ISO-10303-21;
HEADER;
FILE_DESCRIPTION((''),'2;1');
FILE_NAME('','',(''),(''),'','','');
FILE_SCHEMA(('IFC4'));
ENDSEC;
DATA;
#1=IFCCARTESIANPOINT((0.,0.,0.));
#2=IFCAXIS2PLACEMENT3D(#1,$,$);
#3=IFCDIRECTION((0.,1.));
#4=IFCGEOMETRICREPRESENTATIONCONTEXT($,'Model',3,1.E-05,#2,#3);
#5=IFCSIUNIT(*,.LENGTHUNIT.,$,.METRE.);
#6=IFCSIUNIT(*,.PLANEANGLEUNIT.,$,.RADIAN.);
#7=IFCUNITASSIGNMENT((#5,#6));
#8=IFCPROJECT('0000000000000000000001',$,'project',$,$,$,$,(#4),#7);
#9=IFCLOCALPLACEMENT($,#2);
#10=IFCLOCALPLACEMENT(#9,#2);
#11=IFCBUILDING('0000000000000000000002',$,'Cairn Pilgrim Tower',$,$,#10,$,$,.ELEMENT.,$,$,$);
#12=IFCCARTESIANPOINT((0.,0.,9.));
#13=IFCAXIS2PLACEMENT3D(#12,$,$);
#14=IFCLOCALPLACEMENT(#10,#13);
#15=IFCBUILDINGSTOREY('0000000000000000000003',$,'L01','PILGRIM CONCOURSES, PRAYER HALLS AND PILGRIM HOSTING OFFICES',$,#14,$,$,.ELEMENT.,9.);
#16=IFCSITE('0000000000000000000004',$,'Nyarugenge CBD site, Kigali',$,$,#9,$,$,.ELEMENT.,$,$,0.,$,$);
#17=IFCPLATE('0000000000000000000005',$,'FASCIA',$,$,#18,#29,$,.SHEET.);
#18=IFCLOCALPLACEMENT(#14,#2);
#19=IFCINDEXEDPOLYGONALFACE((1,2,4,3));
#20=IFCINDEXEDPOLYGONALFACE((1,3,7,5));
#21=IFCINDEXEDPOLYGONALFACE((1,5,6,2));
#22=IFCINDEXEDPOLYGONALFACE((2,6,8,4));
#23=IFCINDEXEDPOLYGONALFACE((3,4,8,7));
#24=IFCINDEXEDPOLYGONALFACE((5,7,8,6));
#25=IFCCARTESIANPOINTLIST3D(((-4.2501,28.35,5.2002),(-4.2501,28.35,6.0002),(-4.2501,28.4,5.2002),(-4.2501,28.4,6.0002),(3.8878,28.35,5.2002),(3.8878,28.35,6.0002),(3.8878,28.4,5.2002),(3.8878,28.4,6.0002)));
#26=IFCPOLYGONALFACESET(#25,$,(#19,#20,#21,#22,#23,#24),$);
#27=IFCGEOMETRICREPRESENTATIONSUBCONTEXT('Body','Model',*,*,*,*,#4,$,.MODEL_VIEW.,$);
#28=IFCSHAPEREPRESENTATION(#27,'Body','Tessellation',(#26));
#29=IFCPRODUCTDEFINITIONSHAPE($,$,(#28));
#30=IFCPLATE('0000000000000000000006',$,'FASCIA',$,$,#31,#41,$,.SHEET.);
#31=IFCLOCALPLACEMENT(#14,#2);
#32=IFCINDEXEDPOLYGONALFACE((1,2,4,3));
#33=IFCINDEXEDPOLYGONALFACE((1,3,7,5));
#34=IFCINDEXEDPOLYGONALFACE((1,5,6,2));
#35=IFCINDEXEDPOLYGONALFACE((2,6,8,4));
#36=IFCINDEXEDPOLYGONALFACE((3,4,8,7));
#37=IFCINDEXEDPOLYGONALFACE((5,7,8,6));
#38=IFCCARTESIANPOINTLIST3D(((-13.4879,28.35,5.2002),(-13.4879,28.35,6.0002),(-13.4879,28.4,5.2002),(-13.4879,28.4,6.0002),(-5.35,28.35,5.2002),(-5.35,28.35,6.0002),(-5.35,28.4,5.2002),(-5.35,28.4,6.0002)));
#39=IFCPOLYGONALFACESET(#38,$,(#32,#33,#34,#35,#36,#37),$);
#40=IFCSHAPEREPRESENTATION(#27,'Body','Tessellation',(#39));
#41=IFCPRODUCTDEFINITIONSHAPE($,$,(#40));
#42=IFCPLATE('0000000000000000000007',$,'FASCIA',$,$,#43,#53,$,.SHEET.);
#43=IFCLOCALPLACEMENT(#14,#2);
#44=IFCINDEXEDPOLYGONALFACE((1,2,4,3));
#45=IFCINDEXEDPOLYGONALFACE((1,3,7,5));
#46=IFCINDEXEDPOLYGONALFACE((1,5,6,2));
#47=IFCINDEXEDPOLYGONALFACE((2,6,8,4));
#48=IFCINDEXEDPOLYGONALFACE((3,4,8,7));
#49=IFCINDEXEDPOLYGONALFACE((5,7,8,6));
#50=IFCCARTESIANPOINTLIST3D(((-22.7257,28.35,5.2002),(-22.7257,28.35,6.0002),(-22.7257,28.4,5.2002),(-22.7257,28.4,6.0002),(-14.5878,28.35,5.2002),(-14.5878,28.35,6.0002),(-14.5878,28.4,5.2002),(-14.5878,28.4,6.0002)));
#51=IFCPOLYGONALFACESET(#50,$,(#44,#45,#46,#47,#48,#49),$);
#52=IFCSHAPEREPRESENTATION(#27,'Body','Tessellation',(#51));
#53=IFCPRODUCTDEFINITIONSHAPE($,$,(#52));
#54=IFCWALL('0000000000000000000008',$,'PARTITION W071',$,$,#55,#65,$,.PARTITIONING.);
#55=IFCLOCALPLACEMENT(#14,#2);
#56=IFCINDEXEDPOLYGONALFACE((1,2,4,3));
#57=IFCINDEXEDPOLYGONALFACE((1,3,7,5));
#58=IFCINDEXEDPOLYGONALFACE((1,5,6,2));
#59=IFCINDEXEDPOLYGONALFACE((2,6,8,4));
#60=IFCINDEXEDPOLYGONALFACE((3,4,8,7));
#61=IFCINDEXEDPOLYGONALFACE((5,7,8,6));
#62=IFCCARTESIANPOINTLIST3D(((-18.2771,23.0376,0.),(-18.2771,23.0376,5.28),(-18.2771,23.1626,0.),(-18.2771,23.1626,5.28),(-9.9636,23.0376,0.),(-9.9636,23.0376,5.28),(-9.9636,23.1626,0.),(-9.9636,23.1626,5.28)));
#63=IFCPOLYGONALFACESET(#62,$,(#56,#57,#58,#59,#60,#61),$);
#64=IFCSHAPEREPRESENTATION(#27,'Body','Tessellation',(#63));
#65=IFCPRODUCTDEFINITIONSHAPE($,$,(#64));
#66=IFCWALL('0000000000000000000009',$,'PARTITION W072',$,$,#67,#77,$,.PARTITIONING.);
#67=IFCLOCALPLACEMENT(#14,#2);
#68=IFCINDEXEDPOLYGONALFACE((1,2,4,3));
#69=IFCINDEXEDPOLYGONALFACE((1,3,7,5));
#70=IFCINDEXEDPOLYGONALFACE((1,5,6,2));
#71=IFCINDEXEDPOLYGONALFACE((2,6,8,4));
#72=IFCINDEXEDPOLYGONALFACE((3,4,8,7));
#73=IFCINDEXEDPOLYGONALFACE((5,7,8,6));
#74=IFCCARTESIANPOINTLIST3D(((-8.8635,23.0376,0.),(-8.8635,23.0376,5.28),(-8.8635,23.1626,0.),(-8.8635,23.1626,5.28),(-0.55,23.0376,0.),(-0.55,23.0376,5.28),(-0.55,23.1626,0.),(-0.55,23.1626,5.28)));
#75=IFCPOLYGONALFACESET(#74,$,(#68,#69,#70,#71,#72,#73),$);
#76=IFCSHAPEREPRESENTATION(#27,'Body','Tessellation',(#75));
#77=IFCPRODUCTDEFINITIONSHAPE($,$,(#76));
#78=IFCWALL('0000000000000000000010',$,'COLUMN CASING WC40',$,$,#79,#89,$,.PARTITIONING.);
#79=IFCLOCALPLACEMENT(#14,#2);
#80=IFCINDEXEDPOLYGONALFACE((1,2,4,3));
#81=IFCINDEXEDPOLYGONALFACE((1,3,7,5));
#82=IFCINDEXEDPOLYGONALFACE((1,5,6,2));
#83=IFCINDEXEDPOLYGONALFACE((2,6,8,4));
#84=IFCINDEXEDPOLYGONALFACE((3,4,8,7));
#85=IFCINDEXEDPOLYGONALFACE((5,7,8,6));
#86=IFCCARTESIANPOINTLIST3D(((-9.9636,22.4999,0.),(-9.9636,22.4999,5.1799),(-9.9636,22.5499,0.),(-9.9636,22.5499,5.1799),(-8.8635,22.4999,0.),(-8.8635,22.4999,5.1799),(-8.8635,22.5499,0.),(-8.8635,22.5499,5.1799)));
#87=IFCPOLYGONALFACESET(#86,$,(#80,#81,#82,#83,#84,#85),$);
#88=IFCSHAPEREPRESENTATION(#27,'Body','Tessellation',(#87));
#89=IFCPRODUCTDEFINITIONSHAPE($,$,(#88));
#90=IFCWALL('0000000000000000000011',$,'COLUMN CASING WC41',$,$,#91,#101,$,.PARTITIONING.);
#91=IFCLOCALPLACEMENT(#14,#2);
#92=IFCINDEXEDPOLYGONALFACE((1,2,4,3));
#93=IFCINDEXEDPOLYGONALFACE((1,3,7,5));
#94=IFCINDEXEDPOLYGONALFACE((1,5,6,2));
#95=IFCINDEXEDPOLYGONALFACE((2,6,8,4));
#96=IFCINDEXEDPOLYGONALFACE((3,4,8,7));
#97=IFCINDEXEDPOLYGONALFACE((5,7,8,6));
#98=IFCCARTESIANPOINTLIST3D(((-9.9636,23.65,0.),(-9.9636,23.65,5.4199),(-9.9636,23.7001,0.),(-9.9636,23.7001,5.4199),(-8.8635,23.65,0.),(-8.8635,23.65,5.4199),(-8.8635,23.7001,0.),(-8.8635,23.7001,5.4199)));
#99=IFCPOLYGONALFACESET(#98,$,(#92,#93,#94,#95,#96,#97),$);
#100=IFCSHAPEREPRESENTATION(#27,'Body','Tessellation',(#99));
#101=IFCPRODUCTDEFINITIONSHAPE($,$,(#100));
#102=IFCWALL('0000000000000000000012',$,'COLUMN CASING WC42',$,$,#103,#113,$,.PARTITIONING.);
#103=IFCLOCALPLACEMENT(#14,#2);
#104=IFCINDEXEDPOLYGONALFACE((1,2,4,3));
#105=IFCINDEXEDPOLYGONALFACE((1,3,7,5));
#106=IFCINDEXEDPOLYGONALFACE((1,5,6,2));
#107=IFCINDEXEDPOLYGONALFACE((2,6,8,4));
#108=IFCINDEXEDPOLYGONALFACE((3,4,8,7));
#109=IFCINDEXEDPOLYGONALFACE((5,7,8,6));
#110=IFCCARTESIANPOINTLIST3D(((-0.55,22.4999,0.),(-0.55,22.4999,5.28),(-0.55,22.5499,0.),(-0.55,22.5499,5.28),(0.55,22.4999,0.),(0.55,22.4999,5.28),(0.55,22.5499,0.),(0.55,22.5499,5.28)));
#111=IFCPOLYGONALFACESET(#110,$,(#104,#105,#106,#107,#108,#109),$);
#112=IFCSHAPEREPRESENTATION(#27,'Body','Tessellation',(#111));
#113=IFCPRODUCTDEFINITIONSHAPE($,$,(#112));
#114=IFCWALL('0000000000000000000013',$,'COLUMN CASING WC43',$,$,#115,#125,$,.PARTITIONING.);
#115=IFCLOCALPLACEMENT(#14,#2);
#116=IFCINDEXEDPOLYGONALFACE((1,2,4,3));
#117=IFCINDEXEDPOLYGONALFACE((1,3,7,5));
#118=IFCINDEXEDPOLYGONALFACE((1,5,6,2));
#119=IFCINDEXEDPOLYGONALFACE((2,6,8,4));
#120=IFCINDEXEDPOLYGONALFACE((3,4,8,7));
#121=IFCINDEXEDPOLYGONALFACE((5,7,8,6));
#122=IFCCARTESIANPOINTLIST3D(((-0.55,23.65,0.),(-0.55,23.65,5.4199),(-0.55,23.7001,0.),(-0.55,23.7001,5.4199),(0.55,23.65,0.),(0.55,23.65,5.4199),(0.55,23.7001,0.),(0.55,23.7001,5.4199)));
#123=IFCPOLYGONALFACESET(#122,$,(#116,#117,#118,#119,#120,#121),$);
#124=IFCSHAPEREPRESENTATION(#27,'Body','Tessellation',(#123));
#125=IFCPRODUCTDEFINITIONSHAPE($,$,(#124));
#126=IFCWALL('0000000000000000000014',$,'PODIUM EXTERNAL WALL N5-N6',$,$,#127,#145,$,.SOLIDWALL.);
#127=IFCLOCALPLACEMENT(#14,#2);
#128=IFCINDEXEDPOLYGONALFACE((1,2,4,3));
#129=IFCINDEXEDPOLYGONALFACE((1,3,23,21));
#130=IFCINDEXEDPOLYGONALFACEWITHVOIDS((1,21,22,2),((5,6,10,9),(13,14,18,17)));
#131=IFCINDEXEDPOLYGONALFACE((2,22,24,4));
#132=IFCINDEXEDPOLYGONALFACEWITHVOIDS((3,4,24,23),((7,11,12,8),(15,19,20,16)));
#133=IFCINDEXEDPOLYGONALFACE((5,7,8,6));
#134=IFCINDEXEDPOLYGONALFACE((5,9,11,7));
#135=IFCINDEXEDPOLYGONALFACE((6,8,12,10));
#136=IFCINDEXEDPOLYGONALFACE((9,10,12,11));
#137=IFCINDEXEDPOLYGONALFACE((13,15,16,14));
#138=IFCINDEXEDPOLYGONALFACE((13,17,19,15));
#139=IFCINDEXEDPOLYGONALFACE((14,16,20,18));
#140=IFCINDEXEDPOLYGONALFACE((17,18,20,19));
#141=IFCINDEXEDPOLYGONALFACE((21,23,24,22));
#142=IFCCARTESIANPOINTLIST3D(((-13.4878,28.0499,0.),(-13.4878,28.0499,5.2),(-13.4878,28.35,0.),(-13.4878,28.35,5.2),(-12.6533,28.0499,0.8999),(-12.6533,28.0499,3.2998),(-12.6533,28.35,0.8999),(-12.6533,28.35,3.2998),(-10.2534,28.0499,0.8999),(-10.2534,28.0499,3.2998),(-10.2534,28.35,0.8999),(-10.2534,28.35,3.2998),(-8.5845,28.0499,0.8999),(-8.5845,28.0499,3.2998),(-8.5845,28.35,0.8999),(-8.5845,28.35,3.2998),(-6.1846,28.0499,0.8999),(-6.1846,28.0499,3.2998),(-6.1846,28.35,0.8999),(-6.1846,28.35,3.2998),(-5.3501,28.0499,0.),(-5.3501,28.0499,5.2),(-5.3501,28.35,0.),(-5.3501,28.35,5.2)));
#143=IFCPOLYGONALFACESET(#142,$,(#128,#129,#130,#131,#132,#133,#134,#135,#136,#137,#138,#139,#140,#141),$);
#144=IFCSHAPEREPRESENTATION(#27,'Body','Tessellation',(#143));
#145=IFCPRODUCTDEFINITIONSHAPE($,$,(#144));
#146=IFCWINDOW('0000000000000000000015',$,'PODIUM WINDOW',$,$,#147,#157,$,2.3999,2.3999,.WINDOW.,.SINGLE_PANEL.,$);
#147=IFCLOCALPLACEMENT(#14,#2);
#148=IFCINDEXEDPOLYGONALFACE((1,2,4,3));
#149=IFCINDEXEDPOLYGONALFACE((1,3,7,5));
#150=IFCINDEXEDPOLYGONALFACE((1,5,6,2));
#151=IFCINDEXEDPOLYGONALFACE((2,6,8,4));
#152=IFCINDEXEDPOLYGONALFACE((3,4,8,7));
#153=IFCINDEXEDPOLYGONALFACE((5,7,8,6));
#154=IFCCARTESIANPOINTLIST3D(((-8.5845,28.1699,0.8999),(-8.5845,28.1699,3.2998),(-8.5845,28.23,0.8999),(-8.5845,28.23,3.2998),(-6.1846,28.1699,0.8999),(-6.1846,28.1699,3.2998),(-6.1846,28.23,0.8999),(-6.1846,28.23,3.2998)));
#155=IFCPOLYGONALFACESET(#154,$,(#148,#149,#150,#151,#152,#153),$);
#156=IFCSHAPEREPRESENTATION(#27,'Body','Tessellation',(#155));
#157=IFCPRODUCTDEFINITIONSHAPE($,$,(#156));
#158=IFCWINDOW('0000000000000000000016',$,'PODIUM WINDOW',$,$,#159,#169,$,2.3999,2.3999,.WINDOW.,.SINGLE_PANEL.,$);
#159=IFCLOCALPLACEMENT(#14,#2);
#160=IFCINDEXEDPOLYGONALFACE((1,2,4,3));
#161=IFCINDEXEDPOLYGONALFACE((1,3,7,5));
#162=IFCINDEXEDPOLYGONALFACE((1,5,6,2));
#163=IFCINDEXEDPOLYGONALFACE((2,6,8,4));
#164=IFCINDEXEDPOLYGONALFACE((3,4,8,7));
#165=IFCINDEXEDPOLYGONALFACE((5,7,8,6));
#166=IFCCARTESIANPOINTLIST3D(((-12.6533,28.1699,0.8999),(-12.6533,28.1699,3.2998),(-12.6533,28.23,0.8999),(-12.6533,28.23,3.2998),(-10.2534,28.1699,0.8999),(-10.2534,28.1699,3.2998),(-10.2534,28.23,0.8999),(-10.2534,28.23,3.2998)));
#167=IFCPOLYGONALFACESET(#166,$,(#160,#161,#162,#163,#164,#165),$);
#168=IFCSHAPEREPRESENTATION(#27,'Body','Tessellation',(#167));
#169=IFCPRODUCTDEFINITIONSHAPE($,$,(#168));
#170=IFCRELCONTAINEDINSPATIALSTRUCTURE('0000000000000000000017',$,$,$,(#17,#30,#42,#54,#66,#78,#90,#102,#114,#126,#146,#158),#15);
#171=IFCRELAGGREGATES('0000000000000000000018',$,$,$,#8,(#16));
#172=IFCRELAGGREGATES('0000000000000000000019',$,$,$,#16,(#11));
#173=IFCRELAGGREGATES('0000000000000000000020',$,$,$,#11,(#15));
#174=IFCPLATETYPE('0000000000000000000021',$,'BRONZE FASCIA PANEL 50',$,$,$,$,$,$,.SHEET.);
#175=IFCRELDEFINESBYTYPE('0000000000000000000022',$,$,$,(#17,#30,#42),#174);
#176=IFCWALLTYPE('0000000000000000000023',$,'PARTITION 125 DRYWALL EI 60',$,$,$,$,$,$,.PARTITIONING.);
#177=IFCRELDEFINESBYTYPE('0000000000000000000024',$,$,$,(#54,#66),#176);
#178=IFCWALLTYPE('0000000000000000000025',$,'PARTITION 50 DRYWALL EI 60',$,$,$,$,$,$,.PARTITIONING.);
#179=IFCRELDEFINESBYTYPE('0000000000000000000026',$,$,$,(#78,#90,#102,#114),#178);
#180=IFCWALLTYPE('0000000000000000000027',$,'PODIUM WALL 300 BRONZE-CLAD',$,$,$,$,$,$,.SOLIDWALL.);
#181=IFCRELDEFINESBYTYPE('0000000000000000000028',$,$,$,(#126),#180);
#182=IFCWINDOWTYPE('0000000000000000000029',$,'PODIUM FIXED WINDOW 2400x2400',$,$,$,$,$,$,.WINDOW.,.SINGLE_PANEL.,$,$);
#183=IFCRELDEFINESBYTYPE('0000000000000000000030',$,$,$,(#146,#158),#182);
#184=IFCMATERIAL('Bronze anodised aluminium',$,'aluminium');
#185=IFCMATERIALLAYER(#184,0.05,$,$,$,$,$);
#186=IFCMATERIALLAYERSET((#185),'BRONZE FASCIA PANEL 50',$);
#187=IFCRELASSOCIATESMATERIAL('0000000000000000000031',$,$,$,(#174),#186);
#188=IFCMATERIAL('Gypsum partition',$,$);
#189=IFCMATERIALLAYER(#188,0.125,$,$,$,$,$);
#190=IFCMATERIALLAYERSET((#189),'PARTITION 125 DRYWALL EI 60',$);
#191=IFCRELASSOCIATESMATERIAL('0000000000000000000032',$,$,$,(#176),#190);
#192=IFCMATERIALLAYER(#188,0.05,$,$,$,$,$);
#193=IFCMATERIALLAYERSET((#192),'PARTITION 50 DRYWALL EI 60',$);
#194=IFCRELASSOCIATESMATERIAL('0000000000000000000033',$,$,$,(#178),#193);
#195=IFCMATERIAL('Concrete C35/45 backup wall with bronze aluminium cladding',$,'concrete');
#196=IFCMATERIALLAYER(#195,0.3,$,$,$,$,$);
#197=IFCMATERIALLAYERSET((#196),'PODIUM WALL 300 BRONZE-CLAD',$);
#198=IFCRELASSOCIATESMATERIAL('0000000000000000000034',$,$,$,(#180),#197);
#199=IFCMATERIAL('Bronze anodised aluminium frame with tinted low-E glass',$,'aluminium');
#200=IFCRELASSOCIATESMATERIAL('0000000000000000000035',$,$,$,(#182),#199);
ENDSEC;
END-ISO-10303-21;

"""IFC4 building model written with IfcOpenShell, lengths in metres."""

from ifc_helpers import new_model, si_unit, direction, frame, frame_2d, origin, origin_2d, place, context, subcontext, project, spatial, rectangle, extrude, material, layer, layer_set, type_object, element, fill, save


model = new_model("IFC4")

# Units and contexts
model_context = context("Model", 3, precision=1e-05, world=origin(), true_north=direction((0.0, 1.0)))
body_context = subcontext(model_context, "Body", "Model", "MODEL_VIEW")
ifc_project = project(units=[si_unit("LENGTHUNIT", "METRE"), si_unit("PLANEANGLEUNIT", "RADIAN")], contexts=[model_context])

# Site, building, storey
site_placement = place(None, origin())
site = spatial("IfcSite", under=ifc_project, at=site_placement, Name="Nyarugenge CBD site, Kigali", CompositionType="ELEMENT", RefElevation=0.0)
building_placement = place(site_placement, origin())
building = spatial("IfcBuilding", under=site, at=building_placement, Name="Cairn Pilgrim Tower", CompositionType="ELEMENT")
storey_placement = place(building_placement, frame((0.0, 0.0, 9.0)))
storey = spatial("IfcBuildingStorey", under=building, at=storey_placement, Name="L01", Description="PILGRIM CONCOURSES, PRAYER HALLS AND PILGRIM HOSTING OFFICES", CompositionType="ELEMENT", Elevation=9.0)

# Plates
ifc_material_1 = material(Name="Bronze anodised aluminium", Category="aluminium")
ifc_layer_1 = layer(ifc_material_1, 0.05)
ifc_layer_set_1 = layer_set([ifc_layer_1], Name="BRONZE FASCIA PANEL 50")
plate_type = type_object("IfcPlateType", Name="BRONZE FASCIA PANEL 50", PredefinedType="SHEET", material=ifc_layer_set_1)
for number, where, z_axis, x_axis, name in (
    (1, (-0.1812, 28.375, 5.2002), (0.0, 0.0, 1.0), (-1.0, 0.0, 0.0), "FASCIA"),
    (2, (-9.4189, 28.375, 5.2002), (0.0, 0.0, 1.0), (-1.0, 0.0, 0.0), "FASCIA"),
    (3, (-18.6567, 28.375, 5.2002), (0.0, 0.0, 1.0), (-1.0, 0.0, 0.0), "FASCIA"),
):
    element("IfcPlate", number, at=place(storey_placement, frame(where, z_axis=z_axis, x_axis=x_axis)), inside=storey, type_object=plate_type, Name=name, PredefinedType="SHEET", context=body_context, shape_type="SweptSolid", body=[
        extrude(rectangle(XDim=8.1379, YDim=0.05, at=origin_2d()), origin(), (0.0, 0.0, 1.0), 0.8),
    ])

# Walls
ifc_material_2 = material(Name="Gypsum partition")
ifc_layer_2 = layer(ifc_material_2, 0.125)
ifc_layer_set_2 = layer_set([ifc_layer_2], Name="PARTITION 125 DRYWALL EI 60")
wall_type_1 = type_object("IfcWallType", Name="PARTITION 125 DRYWALL EI 60", PredefinedType="PARTITIONING", material=ifc_layer_set_2)
for number, where, z_axis, x_axis, name in (
    (4, (-18.2771, 23.1001, 0.0), (0.0, 0.0, 1.0), (1.0, 0.0, 0.0), "PARTITION W071"),
    (5, (-8.8635, 23.1001, 0.0), (0.0, 0.0, 1.0), (1.0, 0.0, 0.0), "PARTITION W072"),
):
    element("IfcWall", number, at=place(storey_placement, frame(where, z_axis=z_axis, x_axis=x_axis)), inside=storey, type_object=wall_type_1, Name=name, PredefinedType="PARTITIONING", context=body_context, shape_type="SweptSolid", body=[
        extrude(rectangle(XDim=8.3135, YDim=0.125, at=frame_2d((4.1567, 0.0))), origin(), (0.0, 0.0, 1.0), 5.28),
    ])
ifc_layer_3 = layer(ifc_material_2, 0.05)
ifc_layer_set_3 = layer_set([ifc_layer_3], Name="PARTITION 50 DRYWALL EI 60")
wall_type_2 = type_object("IfcWallType", Name="PARTITION 50 DRYWALL EI 60", PredefinedType="PARTITIONING", material=ifc_layer_set_3)
wall_1_placement = place(storey_placement, frame((-9.9636, 22.5249, 0.0), z_axis=(0.0, 0.0, 1.0), x_axis=(1.0, 0.0, 0.0)))
element("IfcWall", 6, at=wall_1_placement, inside=storey, type_object=wall_type_2, Name="COLUMN CASING WC40", PredefinedType="PARTITIONING", context=body_context, shape_type="SweptSolid", body=[
    extrude(rectangle(XDim=1.1001, YDim=0.05, at=frame_2d((0.55, 0.0))), origin(), (0.0, 0.0, 1.0), 5.1799),
])
wall_2_placement = place(storey_placement, frame((-9.9636, 23.675, 0.0), z_axis=(0.0, 0.0, 1.0), x_axis=(1.0, 0.0, 0.0)))
element("IfcWall", 7, at=wall_2_placement, inside=storey, type_object=wall_type_2, Name="COLUMN CASING WC41", PredefinedType="PARTITIONING", context=body_context, shape_type="SweptSolid", body=[
    extrude(rectangle(XDim=1.1001, YDim=0.05, at=frame_2d((0.55, 0.0))), origin(), (0.0, 0.0, 1.0), 5.4199),
])
wall_3_placement = place(storey_placement, frame((-0.55, 22.5249, 0.0), z_axis=(0.0, 0.0, 1.0), x_axis=(1.0, 0.0, 0.0)))
element("IfcWall", 8, at=wall_3_placement, inside=storey, type_object=wall_type_2, Name="COLUMN CASING WC42", PredefinedType="PARTITIONING", context=body_context, shape_type="SweptSolid", body=[
    extrude(rectangle(XDim=1.1001, YDim=0.05, at=frame_2d((0.55, 0.0))), origin(), (0.0, 0.0, 1.0), 5.28),
])
wall_4_placement = place(storey_placement, frame((-0.55, 23.675, 0.0), z_axis=(0.0, 0.0, 1.0), x_axis=(1.0, 0.0, 0.0)))
element("IfcWall", 9, at=wall_4_placement, inside=storey, type_object=wall_type_2, Name="COLUMN CASING WC43", PredefinedType="PARTITIONING", context=body_context, shape_type="SweptSolid", body=[
    extrude(rectangle(XDim=1.1001, YDim=0.05, at=frame_2d((0.55, 0.0))), origin(), (0.0, 0.0, 1.0), 5.4199),
])

# Wall, openings, windows
ifc_material_3 = material(Name="Concrete C35/45 backup wall with bronze aluminium cladding", Category="concrete")
ifc_layer_4 = layer(ifc_material_3, 0.3)
ifc_layer_set_4 = layer_set([ifc_layer_4], Name="PODIUM WALL 300 BRONZE-CLAD")
wall_type_3 = type_object("IfcWallType", Name="PODIUM WALL 300 BRONZE-CLAD", PredefinedType="SOLIDWALL", material=ifc_layer_set_4)
wall_5_placement = place(storey_placement, frame((-5.3501, 28.2, 0.0), z_axis=(0.0, 0.0, 1.0), x_axis=(-1.0, 0.0, 0.0)))
wall_5 = element("IfcWall", 10, at=wall_5_placement, inside=storey, type_object=wall_type_3, Name="PODIUM EXTERNAL WALL N5-N6", PredefinedType="SOLIDWALL", context=body_context, shape_type="SweptSolid", body=[
    extrude(rectangle(XDim=8.1377, YDim=0.3, at=frame_2d((4.0688, 0.0))), origin(), (0.0, 0.0, 1.0), 5.2),
])
opening_1_placement = place(wall_5_placement, frame((0.8345, 0.0, 0.8999)))
opening_1 = element("IfcOpeningElement", 11, at=opening_1_placement, cuts=wall_5, PredefinedType="OPENING", context=body_context, shape_type="SweptSolid", body=[
    extrude(rectangle(XDim=2.3999, YDim=2.3999, at=frame_2d((1.2, 1.2))), frame((0.0, 0.1602, 0.0), z_axis=(0.0, -1.0, 0.0), x_axis=(1.0, 0.0, 0.0)), (0.0, 0.0, 1.0), 0.3201),
])
opening_2_placement = place(wall_5_placement, frame((4.9033, 0.0, 0.8999)))
opening_2 = element("IfcOpeningElement", 12, at=opening_2_placement, cuts=wall_5, PredefinedType="OPENING", context=body_context, shape_type="SweptSolid", body=[
    extrude(rectangle(XDim=2.3999, YDim=2.3999, at=frame_2d((1.2, 1.2))), frame((0.0, 0.1602, 0.0), z_axis=(0.0, -1.0, 0.0), x_axis=(1.0, 0.0, 0.0)), (0.0, 0.0, 1.0), 0.3201),
])
ifc_material_4 = material(Name="Bronze anodised aluminium frame with tinted low-E glass", Category="aluminium")
window_type = type_object("IfcWindowType", Name="PODIUM FIXED WINDOW 2400x2400", PartitioningType="SINGLE_PANEL", PredefinedType="WINDOW", material=ifc_material_4)
window_1_placement = place(opening_1_placement, origin())
window_1 = element("IfcWindow", 13, at=window_1_placement, inside=storey, type_object=window_type, Name="PODIUM WINDOW", OverallHeight=2.3999, OverallWidth=2.3999, PartitioningType="SINGLE_PANEL", PredefinedType="WINDOW", context=body_context, shape_type="SweptSolid", body=[
    extrude(rectangle(XDim=2.3999, YDim=2.3999, at=frame_2d((1.2, 1.2))), frame((0.0, 0.03, 0.0), z_axis=(0.0, -1.0, 0.0), x_axis=(1.0, 0.0, 0.0)), (0.0, 0.0, 1.0), 0.0601),
])
fill(opening_1, window_1)
window_2_placement = place(opening_2_placement, origin())
window_2 = element("IfcWindow", 14, at=window_2_placement, inside=storey, type_object=window_type, Name="PODIUM WINDOW", OverallHeight=2.3999, OverallWidth=2.3999, PartitioningType="SINGLE_PANEL", PredefinedType="WINDOW", context=body_context, shape_type="SweptSolid", body=[
    extrude(rectangle(XDim=2.3999, YDim=2.3999, at=frame_2d((1.2, 1.2))), frame((0.0, 0.03, 0.0), z_axis=(0.0, -1.0, 0.0), x_axis=(1.0, 0.0, 0.0)), (0.0, 0.0, 1.0), 0.0601),
])
fill(opening_2, window_2)

save(model, "model.ifc")
